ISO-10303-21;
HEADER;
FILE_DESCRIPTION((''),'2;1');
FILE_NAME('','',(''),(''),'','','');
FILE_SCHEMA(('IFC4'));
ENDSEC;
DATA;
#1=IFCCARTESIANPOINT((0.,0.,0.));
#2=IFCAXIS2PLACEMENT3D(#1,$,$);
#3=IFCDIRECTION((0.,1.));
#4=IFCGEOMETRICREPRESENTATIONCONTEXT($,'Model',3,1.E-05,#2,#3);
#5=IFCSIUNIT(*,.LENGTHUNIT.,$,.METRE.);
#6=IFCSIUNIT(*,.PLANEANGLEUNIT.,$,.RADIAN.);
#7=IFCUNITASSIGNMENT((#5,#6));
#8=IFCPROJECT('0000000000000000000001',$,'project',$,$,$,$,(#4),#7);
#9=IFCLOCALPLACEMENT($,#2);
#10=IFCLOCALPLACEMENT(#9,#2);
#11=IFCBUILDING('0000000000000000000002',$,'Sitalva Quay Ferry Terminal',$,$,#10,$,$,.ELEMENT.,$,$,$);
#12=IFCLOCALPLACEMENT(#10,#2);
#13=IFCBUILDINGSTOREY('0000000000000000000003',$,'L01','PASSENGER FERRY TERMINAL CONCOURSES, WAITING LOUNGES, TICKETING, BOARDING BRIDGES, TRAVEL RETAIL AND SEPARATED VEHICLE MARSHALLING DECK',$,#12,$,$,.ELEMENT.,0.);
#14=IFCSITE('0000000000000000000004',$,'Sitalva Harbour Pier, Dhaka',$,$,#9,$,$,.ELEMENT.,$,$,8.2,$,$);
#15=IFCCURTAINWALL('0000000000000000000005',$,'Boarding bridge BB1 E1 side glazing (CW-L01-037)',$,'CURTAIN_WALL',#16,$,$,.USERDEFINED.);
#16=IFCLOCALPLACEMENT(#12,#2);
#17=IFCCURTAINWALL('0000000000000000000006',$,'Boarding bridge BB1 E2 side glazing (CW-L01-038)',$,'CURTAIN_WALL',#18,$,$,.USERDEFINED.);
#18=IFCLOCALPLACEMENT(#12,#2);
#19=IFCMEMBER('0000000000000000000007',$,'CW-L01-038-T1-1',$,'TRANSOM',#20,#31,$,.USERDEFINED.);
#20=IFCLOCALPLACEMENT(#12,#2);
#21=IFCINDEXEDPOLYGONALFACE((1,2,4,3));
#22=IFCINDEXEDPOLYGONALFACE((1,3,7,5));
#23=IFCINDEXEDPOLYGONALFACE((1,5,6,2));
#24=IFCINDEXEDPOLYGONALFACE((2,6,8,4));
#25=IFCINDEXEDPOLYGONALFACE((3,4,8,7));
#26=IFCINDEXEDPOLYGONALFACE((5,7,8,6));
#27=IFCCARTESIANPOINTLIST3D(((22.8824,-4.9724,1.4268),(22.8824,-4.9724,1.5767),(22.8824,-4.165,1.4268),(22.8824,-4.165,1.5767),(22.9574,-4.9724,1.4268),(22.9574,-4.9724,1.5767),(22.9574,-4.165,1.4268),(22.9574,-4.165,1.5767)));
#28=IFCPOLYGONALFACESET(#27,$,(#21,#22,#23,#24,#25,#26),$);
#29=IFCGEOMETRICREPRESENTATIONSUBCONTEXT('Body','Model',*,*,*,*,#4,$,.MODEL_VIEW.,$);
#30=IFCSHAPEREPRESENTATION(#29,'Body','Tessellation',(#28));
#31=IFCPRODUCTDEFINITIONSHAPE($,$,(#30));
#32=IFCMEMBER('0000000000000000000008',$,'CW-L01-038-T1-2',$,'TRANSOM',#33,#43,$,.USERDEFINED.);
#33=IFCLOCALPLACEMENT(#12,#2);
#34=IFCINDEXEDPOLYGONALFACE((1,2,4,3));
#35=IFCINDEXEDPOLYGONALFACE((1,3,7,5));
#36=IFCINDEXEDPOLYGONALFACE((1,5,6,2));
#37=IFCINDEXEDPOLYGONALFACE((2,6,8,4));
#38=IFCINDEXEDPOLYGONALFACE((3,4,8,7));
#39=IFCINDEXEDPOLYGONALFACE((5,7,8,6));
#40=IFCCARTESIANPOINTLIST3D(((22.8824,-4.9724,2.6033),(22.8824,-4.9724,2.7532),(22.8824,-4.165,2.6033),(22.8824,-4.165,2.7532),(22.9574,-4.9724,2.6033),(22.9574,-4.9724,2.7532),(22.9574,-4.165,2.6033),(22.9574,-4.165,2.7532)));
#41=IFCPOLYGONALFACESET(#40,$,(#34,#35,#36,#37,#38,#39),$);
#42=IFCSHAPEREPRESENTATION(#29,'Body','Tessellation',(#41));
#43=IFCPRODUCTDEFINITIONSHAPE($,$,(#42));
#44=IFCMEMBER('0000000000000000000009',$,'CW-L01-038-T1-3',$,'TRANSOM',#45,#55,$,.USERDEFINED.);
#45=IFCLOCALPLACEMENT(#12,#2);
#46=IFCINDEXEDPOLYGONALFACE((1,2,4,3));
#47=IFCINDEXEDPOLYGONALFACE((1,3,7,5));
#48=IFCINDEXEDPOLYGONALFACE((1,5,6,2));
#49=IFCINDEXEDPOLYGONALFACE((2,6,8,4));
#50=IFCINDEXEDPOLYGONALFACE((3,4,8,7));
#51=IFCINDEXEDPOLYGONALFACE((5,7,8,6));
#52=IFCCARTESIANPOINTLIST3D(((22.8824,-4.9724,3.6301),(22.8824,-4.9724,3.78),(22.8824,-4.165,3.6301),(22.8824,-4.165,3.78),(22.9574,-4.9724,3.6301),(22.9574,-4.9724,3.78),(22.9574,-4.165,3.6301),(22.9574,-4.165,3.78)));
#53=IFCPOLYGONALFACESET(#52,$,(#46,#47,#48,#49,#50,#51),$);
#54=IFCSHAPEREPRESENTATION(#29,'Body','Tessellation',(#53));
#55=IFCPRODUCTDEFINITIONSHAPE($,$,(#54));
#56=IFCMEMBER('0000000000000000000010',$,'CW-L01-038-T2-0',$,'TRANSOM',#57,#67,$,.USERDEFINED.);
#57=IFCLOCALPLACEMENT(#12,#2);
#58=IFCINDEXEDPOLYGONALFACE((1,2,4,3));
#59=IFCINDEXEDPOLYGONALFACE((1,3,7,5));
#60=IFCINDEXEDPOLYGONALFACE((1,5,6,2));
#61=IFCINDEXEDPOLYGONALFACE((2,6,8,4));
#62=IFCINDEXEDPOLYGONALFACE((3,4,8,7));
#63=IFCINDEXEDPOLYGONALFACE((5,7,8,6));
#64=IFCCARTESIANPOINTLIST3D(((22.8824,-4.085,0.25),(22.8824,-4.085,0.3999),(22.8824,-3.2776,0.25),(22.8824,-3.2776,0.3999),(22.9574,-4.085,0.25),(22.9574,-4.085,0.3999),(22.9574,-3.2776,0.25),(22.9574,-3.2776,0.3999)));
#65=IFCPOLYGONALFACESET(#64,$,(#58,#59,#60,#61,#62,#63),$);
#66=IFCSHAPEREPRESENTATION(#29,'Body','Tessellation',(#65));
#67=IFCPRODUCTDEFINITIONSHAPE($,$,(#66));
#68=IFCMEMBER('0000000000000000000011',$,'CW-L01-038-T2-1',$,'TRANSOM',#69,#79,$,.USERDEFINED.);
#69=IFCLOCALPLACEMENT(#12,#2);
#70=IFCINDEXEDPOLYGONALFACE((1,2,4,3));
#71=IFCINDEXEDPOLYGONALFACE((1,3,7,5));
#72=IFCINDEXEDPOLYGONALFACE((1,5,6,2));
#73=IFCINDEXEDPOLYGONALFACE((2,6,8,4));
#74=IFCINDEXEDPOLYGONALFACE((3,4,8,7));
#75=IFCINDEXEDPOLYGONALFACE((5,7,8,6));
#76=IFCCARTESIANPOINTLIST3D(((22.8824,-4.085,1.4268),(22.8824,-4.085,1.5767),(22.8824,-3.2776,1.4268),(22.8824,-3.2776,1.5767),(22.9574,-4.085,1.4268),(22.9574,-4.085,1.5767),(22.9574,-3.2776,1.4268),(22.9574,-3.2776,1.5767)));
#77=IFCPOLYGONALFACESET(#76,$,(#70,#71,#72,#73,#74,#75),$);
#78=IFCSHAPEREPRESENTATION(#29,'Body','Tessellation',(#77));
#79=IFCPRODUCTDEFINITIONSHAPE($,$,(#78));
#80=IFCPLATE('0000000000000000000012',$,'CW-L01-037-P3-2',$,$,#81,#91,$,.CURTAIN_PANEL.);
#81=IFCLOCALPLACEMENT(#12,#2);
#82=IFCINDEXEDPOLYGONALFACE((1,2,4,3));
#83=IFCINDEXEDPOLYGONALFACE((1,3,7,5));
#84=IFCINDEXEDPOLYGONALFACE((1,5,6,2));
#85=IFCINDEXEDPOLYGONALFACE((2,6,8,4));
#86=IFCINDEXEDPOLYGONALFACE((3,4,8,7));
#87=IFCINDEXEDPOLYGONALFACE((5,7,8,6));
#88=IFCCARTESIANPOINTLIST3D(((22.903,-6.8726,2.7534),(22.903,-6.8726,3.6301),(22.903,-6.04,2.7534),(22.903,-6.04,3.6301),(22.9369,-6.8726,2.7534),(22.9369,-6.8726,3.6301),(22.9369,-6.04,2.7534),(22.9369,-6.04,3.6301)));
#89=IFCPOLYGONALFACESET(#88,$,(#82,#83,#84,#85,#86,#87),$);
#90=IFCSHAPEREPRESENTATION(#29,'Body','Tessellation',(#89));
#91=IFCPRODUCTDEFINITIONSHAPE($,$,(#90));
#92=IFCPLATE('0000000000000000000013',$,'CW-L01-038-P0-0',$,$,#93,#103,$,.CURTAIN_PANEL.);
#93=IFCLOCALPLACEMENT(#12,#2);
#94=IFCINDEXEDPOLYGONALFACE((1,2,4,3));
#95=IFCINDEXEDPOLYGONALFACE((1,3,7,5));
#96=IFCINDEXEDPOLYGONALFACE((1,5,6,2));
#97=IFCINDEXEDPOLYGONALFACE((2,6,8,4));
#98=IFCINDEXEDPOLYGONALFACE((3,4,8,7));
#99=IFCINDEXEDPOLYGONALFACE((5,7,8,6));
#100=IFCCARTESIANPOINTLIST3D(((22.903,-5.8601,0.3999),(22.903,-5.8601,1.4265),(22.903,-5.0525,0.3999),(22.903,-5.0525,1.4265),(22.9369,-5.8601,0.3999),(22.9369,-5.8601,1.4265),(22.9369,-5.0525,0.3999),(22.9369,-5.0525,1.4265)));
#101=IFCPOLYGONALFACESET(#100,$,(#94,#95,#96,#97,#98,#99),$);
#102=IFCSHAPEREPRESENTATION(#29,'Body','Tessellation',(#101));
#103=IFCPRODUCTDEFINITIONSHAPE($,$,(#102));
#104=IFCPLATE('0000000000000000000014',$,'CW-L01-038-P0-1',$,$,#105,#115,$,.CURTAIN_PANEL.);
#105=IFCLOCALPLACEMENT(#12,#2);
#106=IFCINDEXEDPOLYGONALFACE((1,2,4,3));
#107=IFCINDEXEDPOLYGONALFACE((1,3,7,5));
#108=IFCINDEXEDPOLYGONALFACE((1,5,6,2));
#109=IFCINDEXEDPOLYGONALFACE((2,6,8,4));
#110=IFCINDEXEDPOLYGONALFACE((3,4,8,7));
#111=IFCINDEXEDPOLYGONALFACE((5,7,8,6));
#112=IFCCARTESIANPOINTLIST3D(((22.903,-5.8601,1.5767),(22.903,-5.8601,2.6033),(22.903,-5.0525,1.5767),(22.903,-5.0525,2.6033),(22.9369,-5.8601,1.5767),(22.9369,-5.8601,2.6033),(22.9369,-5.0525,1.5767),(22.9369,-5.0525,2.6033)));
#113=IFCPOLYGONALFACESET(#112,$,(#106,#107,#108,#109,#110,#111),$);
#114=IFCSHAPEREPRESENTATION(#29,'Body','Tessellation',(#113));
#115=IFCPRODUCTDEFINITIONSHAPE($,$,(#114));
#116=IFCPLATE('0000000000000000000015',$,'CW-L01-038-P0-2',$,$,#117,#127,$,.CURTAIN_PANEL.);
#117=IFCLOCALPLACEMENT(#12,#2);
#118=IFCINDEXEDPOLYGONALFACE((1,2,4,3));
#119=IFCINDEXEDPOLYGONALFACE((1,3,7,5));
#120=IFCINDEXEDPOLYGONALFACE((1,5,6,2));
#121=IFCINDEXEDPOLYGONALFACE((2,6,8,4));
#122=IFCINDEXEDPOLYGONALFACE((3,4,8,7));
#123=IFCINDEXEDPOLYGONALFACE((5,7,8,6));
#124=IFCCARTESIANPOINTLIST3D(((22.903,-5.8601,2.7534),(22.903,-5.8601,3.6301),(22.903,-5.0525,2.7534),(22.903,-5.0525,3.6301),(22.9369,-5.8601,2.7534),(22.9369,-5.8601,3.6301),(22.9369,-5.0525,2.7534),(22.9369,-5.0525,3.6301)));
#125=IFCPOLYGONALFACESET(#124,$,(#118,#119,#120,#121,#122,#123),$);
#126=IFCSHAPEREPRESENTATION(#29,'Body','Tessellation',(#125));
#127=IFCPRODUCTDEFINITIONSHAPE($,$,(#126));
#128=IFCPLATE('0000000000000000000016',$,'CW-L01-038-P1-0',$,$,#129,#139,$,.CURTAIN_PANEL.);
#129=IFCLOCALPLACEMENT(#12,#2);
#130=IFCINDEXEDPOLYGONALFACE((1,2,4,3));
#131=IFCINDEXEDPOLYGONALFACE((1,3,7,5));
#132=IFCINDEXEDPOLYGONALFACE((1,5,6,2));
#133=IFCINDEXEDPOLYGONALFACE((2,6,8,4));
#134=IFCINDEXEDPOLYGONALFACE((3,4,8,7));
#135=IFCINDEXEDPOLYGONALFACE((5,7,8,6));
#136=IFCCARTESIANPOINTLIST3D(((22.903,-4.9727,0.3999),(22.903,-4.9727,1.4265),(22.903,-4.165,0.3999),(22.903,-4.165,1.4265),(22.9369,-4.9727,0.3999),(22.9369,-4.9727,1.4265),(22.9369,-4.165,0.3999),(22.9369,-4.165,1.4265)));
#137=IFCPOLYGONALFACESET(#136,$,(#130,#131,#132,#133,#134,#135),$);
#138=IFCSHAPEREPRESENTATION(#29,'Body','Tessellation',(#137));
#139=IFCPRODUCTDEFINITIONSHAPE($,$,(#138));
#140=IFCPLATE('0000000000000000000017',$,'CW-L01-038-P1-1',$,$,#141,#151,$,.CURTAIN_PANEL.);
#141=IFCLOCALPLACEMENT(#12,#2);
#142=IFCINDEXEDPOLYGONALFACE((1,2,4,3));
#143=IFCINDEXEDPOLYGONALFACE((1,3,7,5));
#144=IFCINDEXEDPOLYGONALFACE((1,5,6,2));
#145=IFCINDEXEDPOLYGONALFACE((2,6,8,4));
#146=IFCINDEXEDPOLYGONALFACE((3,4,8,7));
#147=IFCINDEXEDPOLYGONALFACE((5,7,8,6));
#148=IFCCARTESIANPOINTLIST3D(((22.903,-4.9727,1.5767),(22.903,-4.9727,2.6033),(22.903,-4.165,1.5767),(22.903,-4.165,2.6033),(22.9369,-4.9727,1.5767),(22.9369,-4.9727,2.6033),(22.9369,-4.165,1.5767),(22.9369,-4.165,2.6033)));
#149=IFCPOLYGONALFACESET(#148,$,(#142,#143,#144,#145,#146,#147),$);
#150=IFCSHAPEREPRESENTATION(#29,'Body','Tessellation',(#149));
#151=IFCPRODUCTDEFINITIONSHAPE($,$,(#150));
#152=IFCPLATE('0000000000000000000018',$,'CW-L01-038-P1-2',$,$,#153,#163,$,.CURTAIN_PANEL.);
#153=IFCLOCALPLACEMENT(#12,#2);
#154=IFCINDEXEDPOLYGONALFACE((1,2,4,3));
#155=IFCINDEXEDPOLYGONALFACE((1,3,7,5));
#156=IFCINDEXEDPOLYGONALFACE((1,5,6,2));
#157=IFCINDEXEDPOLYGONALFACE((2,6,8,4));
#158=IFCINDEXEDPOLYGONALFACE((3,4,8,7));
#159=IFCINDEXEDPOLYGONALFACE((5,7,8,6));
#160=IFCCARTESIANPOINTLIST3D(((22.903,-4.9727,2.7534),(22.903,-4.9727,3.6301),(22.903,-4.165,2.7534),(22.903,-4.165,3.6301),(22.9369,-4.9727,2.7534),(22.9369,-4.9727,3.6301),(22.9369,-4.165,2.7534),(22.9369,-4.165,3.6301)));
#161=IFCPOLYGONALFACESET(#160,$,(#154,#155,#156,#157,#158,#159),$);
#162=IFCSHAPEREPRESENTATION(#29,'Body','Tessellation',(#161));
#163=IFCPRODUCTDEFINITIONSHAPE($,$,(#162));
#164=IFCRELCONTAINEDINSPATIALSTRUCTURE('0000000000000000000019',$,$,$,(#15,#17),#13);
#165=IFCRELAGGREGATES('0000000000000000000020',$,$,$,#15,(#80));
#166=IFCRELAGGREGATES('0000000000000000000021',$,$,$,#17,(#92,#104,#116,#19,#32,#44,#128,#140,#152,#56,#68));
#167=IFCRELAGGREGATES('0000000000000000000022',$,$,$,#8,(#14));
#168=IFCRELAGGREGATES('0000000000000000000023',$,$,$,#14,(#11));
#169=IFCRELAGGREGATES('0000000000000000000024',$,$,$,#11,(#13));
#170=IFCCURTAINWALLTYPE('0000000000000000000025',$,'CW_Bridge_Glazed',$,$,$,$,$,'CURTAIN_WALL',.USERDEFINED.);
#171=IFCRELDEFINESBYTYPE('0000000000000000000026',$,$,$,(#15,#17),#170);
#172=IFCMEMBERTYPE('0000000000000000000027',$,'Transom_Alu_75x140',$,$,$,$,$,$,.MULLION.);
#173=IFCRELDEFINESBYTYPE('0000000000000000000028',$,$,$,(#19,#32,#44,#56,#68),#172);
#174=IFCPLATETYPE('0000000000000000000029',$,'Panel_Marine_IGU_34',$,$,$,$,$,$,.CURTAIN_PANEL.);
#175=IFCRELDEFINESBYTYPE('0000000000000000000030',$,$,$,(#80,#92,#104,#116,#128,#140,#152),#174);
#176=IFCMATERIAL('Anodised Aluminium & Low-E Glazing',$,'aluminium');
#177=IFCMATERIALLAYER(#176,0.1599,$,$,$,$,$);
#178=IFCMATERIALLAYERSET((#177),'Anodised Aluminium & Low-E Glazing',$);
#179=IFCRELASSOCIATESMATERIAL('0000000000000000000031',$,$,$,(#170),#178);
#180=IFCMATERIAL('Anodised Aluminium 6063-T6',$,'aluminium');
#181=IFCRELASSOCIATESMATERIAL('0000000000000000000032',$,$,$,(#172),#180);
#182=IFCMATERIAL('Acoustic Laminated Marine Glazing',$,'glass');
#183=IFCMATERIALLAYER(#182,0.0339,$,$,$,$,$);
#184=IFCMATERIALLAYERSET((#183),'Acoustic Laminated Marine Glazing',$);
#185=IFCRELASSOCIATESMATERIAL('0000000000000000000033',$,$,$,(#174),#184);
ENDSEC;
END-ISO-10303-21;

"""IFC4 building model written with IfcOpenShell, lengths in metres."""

from ifc_helpers import new_model, si_unit, direction, frame, origin, origin_2d, place, context, subcontext, project, spatial, rectangle, extrude, material, layer, layer_set, material_profile, profile_set, type_object, element, aggregate, save


model = new_model("IFC4")

# Units and contexts
model_context = context("Model", 3, precision=1e-05, world=origin(), true_north=direction((0.0, 1.0)))
body_context = subcontext(model_context, "Body", "Model", "MODEL_VIEW")
ifc_project = project(units=[si_unit("LENGTHUNIT", "METRE"), si_unit("PLANEANGLEUNIT", "RADIAN")], contexts=[model_context])

# Site, building, storey
site_placement = place(None, origin())
site = spatial("IfcSite", under=ifc_project, at=site_placement, Name="Sitalva Harbour Pier, Dhaka", CompositionType="ELEMENT", RefElevation=8.2)
building_placement = place(site_placement, origin())
building = spatial("IfcBuilding", under=site, at=building_placement, Name="Sitalva Quay Ferry Terminal", CompositionType="ELEMENT")
storey_placement = place(building_placement, origin())
storey = spatial("IfcBuildingStorey", under=building, at=storey_placement, Name="L01", Description="PASSENGER FERRY TERMINAL CONCOURSES, WAITING LOUNGES, TICKETING, BOARDING BRIDGES, TRAVEL RETAIL AND SEPARATED VEHICLE MARSHALLING DECK", CompositionType="ELEMENT", Elevation=0.0)

# Curtain wall
ifc_material_1 = material(Name="Anodised Aluminium & Low-E Glazing", Category="aluminium")
ifc_layer_1 = layer(ifc_material_1, 0.1599)
ifc_layer_set_1 = layer_set([ifc_layer_1], Name="Anodised Aluminium & Low-E Glazing")
curtain_wall_type = type_object("IfcCurtainWallType", Name="CW_Bridge_Glazed", ElementType="CURTAIN_WALL", PredefinedType="USERDEFINED", material=ifc_layer_set_1)
curtain_wall_1_placement = place(storey_placement, origin())
curtain_wall_1 = element("IfcCurtainWall", 1, at=curtain_wall_1_placement, inside=storey, type_object=curtain_wall_type, Name="Boarding bridge BB1 E1 side glazing (CW-L01-037)", ObjectType="CURTAIN_WALL", PredefinedType="USERDEFINED")

# Curtain wall, members
curtain_wall_2_placement = place(storey_placement, origin())
curtain_wall_2 = element("IfcCurtainWall", 2, at=curtain_wall_2_placement, inside=storey, type_object=curtain_wall_type, Name="Boarding bridge BB1 E2 side glazing (CW-L01-038)", ObjectType="CURTAIN_WALL", PredefinedType="USERDEFINED")
ifc_material_2 = material(Name="Anodised Aluminium 6063-T6", Category="aluminium")
ifc_material_profile_1 = material_profile(ifc_material_2, rectangle(XDim=0.075, YDim=0.1499, at=origin_2d()), Name="ALU75x150")
ifc_profile_set_1 = profile_set([ifc_material_profile_1], Name="Anodised Aluminium 6063-T6")
member_type_1 = type_object("IfcMemberType", Name="Transom_Alu_75x140", PredefinedType="MULLION", material=ifc_profile_set_1)
member_1_placement = place(storey_placement, frame((22.9199, -4.9724, 1.5017), z_axis=(0.0, 1.0, 0.0), x_axis=(-1.0, 0.0, 0.0)))
member_1 = element("IfcMember", 3, at=member_1_placement, type_object=member_type_1, Name="CW-L01-038-T1-1", ObjectType="TRANSOM", PredefinedType="USERDEFINED", context=body_context, shape_type="SweptSolid", body=[
    extrude(rectangle(XDim=0.075, YDim=0.1499, at=origin_2d()), origin(), (0.0, 0.0, 1.0), 0.8074),
])
member_2_placement = place(storey_placement, frame((22.9199, -4.9724, 2.6782), z_axis=(0.0, 1.0, 0.0), x_axis=(-1.0, 0.0, 0.0)))
member_2 = element("IfcMember", 4, at=member_2_placement, type_object=member_type_1, Name="CW-L01-038-T1-2", ObjectType="TRANSOM", PredefinedType="USERDEFINED", context=body_context, shape_type="SweptSolid", body=[
    extrude(rectangle(XDim=0.075, YDim=0.1499, at=origin_2d()), origin(), (0.0, 0.0, 1.0), 0.8074),
])
member_3_placement = place(storey_placement, frame((22.9199, -4.9724, 3.7051), z_axis=(0.0, 1.0, 0.0), x_axis=(-1.0, 0.0, 0.0)))
member_3 = element("IfcMember", 5, at=member_3_placement, type_object=member_type_1, Name="CW-L01-038-T1-3", ObjectType="TRANSOM", PredefinedType="USERDEFINED", context=body_context, shape_type="SweptSolid", body=[
    extrude(rectangle(XDim=0.075, YDim=0.1499, at=origin_2d()), origin(), (0.0, 0.0, 1.0), 0.8074),
])
member_4_placement = place(storey_placement, frame((22.9199, -4.085, 0.325), z_axis=(0.0, 1.0, 0.0), x_axis=(-1.0, 0.0, 0.0)))
member_4 = element("IfcMember", 6, at=member_4_placement, type_object=member_type_1, Name="CW-L01-038-T2-0", ObjectType="TRANSOM", PredefinedType="USERDEFINED", context=body_context, shape_type="SweptSolid", body=[
    extrude(rectangle(XDim=0.075, YDim=0.1499, at=origin_2d()), origin(), (0.0, 0.0, 1.0), 0.8074),
])
member_5_placement = place(storey_placement, frame((22.9199, -4.085, 1.5017), z_axis=(0.0, 1.0, 0.0), x_axis=(-1.0, 0.0, 0.0)))
member_5 = element("IfcMember", 7, at=member_5_placement, type_object=member_type_1, Name="CW-L01-038-T2-1", ObjectType="TRANSOM", PredefinedType="USERDEFINED", context=body_context, shape_type="SweptSolid", body=[
    extrude(rectangle(XDim=0.075, YDim=0.1499, at=origin_2d()), origin(), (0.0, 0.0, 1.0), 0.8074),
])

# Plates
ifc_material_3 = material(Name="Acoustic Laminated Marine Glazing", Category="glass")
ifc_layer_2 = layer(ifc_material_3, 0.0339)
ifc_layer_set_2 = layer_set([ifc_layer_2], Name="Acoustic Laminated Marine Glazing")
plate_type = type_object("IfcPlateType", Name="Panel_Marine_IGU_34", PredefinedType="CURTAIN_PANEL", material=ifc_layer_set_2)
plate_1_placement = place(storey_placement, frame((22.9199, -6.4563, 2.7534), z_axis=(0.0, 0.0, 1.0), x_axis=(0.0, 1.0, 0.0)))
plate_1 = element("IfcPlate", 8, at=plate_1_placement, type_object=plate_type, Name="CW-L01-037-P3-2", PredefinedType="CURTAIN_PANEL", context=body_context, shape_type="SweptSolid", body=[
    extrude(rectangle(XDim=0.8325, YDim=0.0339, at=origin_2d()), origin(), (0.0, 0.0, 1.0), 0.8767),
])
aggregate(curtain_wall_1, [plate_1])
plate_2_placement = place(storey_placement, frame((22.9199, -5.4563, 0.3999), z_axis=(0.0, 0.0, 1.0), x_axis=(0.0, 1.0, 0.0)))
plate_2 = element("IfcPlate", 9, at=plate_2_placement, type_object=plate_type, Name="CW-L01-038-P0-0", PredefinedType="CURTAIN_PANEL", context=body_context, shape_type="SweptSolid", body=[
    extrude(rectangle(XDim=0.8076, YDim=0.0339, at=origin_2d()), origin(), (0.0, 0.0, 1.0), 1.0266),
])
plate_3_placement = place(storey_placement, frame((22.9199, -5.4563, 1.5767), z_axis=(0.0, 0.0, 1.0), x_axis=(0.0, 1.0, 0.0)))
plate_3 = element("IfcPlate", 10, at=plate_3_placement, type_object=plate_type, Name="CW-L01-038-P0-1", PredefinedType="CURTAIN_PANEL", context=body_context, shape_type="SweptSolid", body=[
    extrude(rectangle(XDim=0.8076, YDim=0.0339, at=origin_2d()), origin(), (0.0, 0.0, 1.0), 1.0266),
])
plate_4_placement = place(storey_placement, frame((22.9199, -5.4563, 2.7534), z_axis=(0.0, 0.0, 1.0), x_axis=(0.0, 1.0, 0.0)))
plate_4 = element("IfcPlate", 11, at=plate_4_placement, type_object=plate_type, Name="CW-L01-038-P0-2", PredefinedType="CURTAIN_PANEL", context=body_context, shape_type="SweptSolid", body=[
    extrude(rectangle(XDim=0.8076, YDim=0.0339, at=origin_2d()), origin(), (0.0, 0.0, 1.0), 0.8767),
])
plate_5_placement = place(storey_placement, frame((22.9199, -4.5688, 0.3999), z_axis=(0.0, 0.0, 1.0), x_axis=(0.0, 1.0, 0.0)))
plate_5 = element("IfcPlate", 12, at=plate_5_placement, type_object=plate_type, Name="CW-L01-038-P1-0", PredefinedType="CURTAIN_PANEL", context=body_context, shape_type="SweptSolid", body=[
    extrude(rectangle(XDim=0.8076, YDim=0.0339, at=origin_2d()), origin(), (0.0, 0.0, 1.0), 1.0266),
])
plate_6_placement = place(storey_placement, frame((22.9199, -4.5688, 1.5767), z_axis=(0.0, 0.0, 1.0), x_axis=(0.0, 1.0, 0.0)))
plate_6 = element("IfcPlate", 13, at=plate_6_placement, type_object=plate_type, Name="CW-L01-038-P1-1", PredefinedType="CURTAIN_PANEL", context=body_context, shape_type="SweptSolid", body=[
    extrude(rectangle(XDim=0.8076, YDim=0.0339, at=origin_2d()), origin(), (0.0, 0.0, 1.0), 1.0266),
])
plate_7_placement = place(storey_placement, frame((22.9199, -4.5688, 2.7534), z_axis=(0.0, 0.0, 1.0), x_axis=(0.0, 1.0, 0.0)))
plate_7 = element("IfcPlate", 14, at=plate_7_placement, type_object=plate_type, Name="CW-L01-038-P1-2", PredefinedType="CURTAIN_PANEL", context=body_context, shape_type="SweptSolid", body=[
    extrude(rectangle(XDim=0.8076, YDim=0.0339, at=origin_2d()), origin(), (0.0, 0.0, 1.0), 0.8767),
])
aggregate(curtain_wall_2, [plate_2, plate_3, plate_4, member_1, member_2, member_3, plate_5, plate_6, plate_7, member_4, member_5])

save(model, "model.ifc")
